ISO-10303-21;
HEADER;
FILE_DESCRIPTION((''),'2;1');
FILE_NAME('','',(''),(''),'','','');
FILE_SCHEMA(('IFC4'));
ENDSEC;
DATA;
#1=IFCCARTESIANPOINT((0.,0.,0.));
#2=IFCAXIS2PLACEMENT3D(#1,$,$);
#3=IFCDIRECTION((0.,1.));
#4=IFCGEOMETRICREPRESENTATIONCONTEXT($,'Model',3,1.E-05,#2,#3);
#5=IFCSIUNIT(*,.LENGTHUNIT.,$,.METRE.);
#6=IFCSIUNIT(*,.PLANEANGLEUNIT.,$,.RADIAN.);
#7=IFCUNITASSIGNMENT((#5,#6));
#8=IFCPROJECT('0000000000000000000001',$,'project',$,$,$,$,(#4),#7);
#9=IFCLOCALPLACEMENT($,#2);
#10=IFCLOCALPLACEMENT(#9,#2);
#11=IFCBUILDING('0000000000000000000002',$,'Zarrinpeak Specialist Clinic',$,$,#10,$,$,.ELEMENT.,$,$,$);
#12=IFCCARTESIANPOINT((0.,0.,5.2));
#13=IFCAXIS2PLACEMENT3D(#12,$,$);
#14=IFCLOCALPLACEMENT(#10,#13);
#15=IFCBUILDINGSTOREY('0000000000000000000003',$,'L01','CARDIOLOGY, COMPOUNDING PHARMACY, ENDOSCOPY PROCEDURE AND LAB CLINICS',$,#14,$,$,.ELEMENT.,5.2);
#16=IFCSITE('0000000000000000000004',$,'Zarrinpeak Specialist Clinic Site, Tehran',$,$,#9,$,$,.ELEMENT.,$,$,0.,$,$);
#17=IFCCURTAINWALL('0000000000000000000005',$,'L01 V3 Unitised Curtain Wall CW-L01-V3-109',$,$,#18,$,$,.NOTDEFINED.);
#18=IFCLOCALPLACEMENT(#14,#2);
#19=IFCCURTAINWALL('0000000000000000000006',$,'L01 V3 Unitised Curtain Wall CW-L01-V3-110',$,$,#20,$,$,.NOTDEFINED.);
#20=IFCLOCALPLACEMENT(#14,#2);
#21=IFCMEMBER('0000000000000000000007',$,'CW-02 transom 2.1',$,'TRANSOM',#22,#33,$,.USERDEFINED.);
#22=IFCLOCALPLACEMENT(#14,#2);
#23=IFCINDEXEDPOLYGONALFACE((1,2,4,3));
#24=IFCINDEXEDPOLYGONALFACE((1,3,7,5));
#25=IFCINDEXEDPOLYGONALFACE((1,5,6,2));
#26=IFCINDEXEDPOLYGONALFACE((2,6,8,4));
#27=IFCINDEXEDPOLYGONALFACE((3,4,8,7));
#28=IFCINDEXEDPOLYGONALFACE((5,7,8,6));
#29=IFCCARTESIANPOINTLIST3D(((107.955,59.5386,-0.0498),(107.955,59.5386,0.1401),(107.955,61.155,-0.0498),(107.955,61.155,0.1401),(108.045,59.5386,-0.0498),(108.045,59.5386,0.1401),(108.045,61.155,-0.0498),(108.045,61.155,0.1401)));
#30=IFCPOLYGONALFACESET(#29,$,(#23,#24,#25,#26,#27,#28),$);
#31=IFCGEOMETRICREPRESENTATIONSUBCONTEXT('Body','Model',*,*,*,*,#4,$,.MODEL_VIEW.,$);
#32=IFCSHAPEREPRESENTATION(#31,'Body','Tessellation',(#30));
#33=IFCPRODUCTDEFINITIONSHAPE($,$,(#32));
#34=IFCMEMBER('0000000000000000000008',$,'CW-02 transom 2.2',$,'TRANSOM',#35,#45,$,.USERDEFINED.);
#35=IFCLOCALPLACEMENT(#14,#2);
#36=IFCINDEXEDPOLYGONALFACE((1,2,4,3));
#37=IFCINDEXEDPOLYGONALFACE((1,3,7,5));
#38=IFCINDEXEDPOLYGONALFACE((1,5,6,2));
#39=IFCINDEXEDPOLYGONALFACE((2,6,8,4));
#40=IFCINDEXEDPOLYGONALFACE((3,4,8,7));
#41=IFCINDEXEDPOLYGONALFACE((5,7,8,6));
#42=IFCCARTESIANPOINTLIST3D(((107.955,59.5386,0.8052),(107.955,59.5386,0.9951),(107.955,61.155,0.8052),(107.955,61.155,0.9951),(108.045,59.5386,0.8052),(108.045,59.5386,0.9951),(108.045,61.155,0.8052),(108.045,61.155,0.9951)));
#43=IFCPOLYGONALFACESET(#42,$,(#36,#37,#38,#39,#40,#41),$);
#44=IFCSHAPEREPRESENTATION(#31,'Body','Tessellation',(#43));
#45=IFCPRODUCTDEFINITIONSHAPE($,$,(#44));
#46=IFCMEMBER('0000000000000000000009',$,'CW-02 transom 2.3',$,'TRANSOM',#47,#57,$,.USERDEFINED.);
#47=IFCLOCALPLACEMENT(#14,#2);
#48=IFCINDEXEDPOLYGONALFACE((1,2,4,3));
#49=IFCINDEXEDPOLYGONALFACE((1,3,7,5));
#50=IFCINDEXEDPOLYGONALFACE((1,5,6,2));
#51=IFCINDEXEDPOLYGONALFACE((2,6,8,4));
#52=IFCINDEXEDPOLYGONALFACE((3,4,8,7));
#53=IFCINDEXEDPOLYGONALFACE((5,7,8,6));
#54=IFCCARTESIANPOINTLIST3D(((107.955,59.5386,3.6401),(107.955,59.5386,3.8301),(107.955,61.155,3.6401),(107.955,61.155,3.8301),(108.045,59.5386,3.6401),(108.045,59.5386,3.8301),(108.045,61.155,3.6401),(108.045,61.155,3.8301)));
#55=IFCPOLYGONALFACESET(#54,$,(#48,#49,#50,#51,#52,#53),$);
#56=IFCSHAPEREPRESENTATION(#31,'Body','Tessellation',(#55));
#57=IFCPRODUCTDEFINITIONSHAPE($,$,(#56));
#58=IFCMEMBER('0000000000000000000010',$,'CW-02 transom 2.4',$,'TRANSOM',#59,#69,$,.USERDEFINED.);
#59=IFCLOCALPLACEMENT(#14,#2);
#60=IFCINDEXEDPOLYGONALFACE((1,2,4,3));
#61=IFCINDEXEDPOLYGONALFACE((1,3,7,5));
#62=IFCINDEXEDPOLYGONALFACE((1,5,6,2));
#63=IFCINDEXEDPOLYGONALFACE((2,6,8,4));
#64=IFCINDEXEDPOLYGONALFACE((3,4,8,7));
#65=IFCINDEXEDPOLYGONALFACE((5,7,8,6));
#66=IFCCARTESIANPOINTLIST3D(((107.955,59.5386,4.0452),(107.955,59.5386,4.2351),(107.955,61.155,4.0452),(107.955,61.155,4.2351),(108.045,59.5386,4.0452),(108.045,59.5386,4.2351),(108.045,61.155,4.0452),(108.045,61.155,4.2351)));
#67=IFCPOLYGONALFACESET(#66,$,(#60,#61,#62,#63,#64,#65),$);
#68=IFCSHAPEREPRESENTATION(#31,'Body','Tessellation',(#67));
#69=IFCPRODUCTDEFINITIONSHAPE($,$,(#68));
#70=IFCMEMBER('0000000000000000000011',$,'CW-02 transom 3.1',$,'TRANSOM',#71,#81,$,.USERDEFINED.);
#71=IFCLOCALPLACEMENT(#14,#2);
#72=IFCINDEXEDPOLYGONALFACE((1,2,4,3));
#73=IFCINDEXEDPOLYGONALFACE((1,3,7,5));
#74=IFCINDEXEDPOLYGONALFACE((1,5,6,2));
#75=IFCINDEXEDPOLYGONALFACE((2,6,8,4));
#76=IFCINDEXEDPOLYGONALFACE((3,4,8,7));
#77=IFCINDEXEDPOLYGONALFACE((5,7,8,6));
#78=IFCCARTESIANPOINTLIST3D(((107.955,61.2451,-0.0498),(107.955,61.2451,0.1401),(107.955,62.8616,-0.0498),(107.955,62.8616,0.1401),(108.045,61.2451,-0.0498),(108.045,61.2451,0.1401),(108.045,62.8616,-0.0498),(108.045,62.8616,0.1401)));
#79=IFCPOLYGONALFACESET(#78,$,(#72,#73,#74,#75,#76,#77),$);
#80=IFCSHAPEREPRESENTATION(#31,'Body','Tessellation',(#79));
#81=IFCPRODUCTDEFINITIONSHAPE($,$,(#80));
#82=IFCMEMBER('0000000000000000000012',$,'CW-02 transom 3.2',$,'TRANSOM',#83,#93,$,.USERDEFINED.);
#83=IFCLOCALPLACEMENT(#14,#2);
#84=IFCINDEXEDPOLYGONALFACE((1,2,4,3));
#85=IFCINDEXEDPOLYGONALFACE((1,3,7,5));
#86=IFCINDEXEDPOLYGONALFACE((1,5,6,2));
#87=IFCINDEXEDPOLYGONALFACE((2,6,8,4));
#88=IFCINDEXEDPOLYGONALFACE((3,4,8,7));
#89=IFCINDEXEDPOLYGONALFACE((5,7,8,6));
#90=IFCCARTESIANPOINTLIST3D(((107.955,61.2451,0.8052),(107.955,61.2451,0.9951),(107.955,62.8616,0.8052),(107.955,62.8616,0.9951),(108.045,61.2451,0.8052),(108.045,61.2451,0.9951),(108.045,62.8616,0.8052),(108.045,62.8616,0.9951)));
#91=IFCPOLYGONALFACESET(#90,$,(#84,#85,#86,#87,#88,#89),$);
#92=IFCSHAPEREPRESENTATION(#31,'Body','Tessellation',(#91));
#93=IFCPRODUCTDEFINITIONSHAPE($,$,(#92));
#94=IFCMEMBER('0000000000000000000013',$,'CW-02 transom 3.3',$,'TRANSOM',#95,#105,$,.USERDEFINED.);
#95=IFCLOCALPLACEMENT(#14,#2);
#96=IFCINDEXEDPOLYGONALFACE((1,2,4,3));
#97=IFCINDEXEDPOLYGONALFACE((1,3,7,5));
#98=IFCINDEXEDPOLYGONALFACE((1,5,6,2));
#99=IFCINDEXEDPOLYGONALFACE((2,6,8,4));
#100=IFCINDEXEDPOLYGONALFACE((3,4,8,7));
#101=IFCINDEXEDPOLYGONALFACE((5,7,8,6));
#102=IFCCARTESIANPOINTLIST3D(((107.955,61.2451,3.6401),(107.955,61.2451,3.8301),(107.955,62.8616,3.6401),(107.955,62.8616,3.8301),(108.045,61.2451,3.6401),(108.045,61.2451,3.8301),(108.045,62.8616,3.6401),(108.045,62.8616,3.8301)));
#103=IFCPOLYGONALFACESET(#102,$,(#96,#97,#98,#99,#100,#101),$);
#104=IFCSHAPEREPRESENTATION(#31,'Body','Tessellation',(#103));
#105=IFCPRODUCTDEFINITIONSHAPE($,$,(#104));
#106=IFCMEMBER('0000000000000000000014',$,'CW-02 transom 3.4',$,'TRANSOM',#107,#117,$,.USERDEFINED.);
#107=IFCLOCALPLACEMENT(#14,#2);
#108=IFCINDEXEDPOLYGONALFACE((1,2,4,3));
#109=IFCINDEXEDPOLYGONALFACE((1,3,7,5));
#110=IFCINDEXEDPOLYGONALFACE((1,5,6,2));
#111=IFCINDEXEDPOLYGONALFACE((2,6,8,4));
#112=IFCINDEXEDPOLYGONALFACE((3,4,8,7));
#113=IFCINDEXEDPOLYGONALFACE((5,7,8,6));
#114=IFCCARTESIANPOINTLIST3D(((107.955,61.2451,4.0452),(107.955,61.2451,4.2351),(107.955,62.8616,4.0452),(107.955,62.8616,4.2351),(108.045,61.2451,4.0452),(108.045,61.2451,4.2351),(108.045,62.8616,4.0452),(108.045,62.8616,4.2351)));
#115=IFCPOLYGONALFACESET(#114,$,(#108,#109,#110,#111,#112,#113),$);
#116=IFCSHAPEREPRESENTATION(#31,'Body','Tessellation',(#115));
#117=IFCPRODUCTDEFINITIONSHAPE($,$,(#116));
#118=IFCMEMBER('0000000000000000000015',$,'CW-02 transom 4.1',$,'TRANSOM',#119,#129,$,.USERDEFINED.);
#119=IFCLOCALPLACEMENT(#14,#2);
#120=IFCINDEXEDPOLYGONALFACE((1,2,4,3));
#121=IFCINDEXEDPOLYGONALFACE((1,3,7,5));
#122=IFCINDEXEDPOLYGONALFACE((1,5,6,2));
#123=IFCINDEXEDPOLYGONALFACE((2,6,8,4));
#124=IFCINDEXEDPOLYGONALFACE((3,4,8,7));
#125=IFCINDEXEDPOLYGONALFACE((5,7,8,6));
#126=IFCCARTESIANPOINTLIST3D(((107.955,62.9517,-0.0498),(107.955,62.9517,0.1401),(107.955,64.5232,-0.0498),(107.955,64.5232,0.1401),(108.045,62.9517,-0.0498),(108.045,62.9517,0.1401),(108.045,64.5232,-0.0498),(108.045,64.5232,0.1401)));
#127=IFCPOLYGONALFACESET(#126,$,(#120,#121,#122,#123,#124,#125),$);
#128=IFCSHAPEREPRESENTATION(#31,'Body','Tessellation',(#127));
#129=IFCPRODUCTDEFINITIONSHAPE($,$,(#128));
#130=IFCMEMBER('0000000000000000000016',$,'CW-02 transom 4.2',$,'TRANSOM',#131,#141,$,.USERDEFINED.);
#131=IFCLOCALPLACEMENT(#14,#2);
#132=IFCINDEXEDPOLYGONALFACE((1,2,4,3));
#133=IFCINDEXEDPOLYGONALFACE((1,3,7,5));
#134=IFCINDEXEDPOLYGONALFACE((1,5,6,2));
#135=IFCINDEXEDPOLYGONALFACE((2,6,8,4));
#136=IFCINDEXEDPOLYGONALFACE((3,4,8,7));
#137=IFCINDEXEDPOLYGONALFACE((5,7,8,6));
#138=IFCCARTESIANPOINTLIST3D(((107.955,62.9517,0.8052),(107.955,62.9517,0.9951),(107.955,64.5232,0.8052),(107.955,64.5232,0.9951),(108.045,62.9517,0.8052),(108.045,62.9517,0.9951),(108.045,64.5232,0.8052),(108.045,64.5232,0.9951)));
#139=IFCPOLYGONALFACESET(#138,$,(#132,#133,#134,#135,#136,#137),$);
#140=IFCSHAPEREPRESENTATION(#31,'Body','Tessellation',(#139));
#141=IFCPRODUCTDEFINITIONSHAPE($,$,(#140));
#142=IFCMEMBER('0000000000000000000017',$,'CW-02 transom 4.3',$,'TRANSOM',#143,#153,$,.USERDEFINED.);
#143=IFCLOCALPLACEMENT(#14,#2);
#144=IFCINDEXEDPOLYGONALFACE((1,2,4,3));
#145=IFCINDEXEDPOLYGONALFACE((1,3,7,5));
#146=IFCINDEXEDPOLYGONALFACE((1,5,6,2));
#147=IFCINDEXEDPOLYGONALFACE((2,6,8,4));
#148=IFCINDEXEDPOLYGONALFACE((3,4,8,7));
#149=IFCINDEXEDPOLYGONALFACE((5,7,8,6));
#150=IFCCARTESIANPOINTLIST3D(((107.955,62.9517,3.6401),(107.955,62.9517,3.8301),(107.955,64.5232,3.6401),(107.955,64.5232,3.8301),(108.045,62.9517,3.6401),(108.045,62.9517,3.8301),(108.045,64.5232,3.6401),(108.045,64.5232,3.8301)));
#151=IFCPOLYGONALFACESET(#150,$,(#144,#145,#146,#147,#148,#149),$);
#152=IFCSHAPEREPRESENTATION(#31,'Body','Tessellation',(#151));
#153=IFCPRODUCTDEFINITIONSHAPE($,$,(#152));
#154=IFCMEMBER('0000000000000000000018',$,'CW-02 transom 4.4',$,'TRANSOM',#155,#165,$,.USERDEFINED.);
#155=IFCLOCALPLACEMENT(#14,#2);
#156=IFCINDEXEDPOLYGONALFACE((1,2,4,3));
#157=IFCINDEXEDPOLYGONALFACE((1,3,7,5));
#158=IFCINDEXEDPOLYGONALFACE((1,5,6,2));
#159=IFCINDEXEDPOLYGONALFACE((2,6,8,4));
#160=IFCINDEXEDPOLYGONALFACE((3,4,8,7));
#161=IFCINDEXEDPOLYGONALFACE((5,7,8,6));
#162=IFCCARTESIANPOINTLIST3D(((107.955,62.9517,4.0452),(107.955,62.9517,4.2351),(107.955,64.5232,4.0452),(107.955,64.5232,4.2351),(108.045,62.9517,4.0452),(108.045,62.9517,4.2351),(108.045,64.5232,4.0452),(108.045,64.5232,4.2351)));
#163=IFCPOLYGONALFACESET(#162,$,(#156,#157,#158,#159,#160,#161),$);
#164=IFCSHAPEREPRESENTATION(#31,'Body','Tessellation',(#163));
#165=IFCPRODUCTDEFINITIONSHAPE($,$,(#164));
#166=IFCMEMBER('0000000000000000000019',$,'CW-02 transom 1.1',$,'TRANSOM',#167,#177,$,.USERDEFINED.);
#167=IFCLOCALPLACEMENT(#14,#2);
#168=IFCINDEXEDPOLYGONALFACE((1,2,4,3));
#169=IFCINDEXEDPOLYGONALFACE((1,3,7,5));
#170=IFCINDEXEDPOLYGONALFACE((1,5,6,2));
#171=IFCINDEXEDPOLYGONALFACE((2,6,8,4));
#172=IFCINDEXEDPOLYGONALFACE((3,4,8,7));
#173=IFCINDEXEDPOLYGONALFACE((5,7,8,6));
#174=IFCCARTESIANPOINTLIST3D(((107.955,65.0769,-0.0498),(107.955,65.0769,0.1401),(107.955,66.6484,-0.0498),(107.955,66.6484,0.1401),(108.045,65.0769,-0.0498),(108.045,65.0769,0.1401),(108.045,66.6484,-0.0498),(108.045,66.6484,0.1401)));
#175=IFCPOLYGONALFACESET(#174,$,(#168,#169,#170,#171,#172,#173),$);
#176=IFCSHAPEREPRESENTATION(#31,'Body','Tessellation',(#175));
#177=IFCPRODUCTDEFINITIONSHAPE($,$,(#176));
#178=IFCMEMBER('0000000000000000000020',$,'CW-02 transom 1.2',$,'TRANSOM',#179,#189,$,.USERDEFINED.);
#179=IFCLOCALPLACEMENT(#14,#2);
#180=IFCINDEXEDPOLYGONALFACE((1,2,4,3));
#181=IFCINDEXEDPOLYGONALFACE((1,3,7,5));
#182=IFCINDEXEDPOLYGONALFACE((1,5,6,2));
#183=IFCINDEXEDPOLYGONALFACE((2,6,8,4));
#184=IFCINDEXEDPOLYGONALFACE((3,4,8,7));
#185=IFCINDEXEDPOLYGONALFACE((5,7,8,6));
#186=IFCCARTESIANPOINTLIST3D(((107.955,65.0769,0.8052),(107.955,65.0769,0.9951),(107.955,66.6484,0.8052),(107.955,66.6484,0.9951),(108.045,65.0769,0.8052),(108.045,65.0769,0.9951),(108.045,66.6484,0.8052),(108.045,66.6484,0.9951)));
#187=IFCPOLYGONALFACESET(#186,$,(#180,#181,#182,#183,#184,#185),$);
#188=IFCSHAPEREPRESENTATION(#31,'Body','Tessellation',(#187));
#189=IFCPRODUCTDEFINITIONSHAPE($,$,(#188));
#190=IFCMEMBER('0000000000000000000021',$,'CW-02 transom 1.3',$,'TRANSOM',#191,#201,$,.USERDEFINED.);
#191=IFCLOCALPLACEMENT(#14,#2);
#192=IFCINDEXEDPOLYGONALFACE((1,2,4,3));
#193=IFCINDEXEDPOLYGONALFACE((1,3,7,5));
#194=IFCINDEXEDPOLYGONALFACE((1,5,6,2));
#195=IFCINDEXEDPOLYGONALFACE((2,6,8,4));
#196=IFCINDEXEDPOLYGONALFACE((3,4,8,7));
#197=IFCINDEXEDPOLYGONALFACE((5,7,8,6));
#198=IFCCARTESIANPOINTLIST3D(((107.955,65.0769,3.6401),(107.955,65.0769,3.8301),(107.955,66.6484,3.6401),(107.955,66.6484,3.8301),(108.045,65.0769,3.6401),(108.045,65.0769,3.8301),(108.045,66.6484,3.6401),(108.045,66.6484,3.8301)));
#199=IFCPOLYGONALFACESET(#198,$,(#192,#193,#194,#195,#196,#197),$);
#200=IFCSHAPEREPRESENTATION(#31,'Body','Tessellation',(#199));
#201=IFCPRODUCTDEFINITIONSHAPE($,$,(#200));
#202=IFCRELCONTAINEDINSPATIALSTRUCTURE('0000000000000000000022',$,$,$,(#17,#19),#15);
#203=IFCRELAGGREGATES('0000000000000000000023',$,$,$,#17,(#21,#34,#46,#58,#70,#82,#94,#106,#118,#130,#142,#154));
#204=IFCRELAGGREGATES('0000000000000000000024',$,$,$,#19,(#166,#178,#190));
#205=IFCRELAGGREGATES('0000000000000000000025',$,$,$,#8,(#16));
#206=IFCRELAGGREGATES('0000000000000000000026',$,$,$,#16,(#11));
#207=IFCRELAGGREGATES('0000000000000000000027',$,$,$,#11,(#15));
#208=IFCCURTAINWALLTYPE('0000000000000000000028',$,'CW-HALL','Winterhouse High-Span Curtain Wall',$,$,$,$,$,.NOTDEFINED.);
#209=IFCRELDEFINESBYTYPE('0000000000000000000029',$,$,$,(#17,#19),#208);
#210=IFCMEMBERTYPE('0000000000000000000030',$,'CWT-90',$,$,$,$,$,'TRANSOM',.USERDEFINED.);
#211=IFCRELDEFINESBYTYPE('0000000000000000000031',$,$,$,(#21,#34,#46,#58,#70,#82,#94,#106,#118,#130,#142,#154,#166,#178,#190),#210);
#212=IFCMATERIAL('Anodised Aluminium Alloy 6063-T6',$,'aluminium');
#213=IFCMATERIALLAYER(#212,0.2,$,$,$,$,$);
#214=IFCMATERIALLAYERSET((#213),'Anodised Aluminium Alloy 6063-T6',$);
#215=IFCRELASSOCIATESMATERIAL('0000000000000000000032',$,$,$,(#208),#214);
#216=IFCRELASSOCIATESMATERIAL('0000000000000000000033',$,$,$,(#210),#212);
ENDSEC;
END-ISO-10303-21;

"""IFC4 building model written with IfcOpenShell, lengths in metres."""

from ifc_helpers import new_model, si_unit, direction, frame, origin, origin_2d, place, context, subcontext, project, spatial, rectangle, extrude, material, layer, layer_set, material_profile, profile_set, type_object, element, aggregate, save


model = new_model("IFC4")

# Units and contexts
model_context = context("Model", 3, precision=1e-05, world=origin(), true_north=direction((0.0, 1.0)))
body_context = subcontext(model_context, "Body", "Model", "MODEL_VIEW")
ifc_project = project(units=[si_unit("LENGTHUNIT", "METRE"), si_unit("PLANEANGLEUNIT", "RADIAN")], contexts=[model_context])

# Site, building, storey
site_placement = place(None, origin())
site = spatial("IfcSite", under=ifc_project, at=site_placement, Name="Zarrinpeak Specialist Clinic Site, Tehran", CompositionType="ELEMENT", RefElevation=0.0)
building_placement = place(site_placement, origin())
building = spatial("IfcBuilding", under=site, at=building_placement, Name="Zarrinpeak Specialist Clinic", CompositionType="ELEMENT")
storey_placement = place(building_placement, frame((0.0, 0.0, 5.2)))
storey = spatial("IfcBuildingStorey", under=building, at=storey_placement, Name="L01", Description="CARDIOLOGY, COMPOUNDING PHARMACY, ENDOSCOPY PROCEDURE AND LAB CLINICS", CompositionType="ELEMENT", Elevation=5.2)

# Shared definitions
ifc_material_1 = material(Name="Anodised Aluminium Alloy 6063-T6", Category="aluminium")
ifc_layer_1 = layer(ifc_material_1, 0.2)
ifc_layer_set_1 = layer_set([ifc_layer_1], Name="Anodised Aluminium Alloy 6063-T6")
curtain_wall_type = type_object("IfcCurtainWallType", Name="CW-HALL", Description="Winterhouse High-Span Curtain Wall", PredefinedType="NOTDEFINED", material=ifc_layer_set_1)

# Curtain wall
curtain_wall_1_placement = place(storey_placement, origin())
curtain_wall_1 = element("IfcCurtainWall", 1, at=curtain_wall_1_placement, inside=storey, type_object=curtain_wall_type, Name="L01 V3 Unitised Curtain Wall CW-L01-V3-109", PredefinedType="NOTDEFINED")

# Curtain wall
curtain_wall_2_placement = place(storey_placement, origin())
curtain_wall_2 = element("IfcCurtainWall", 2, at=curtain_wall_2_placement, inside=storey, type_object=curtain_wall_type, Name="L01 V3 Unitised Curtain Wall CW-L01-V3-110", PredefinedType="NOTDEFINED")

# Members
ifc_material_profile_1 = material_profile(ifc_material_1, rectangle(XDim=0.0901, YDim=0.1899, at=origin_2d()), Name="ALU 90x190")
ifc_profile_set_1 = profile_set([ifc_material_profile_1], Name="Anodised Aluminium Alloy 6063-T6")
member_type_1 = type_object("IfcMemberType", Name="CWT-90", ElementType="TRANSOM", PredefinedType="USERDEFINED", material=ifc_profile_set_1)
member_1_placement = place(storey_placement, frame((108.0, 59.5386, 0.0452), z_axis=(0.0, 1.0, 0.0), x_axis=(-1.0, 0.0, 0.0)))
member_1 = element("IfcMember", 3, at=member_1_placement, type_object=member_type_1, Name="CW-02 transom 2.1", ObjectType="TRANSOM", PredefinedType="USERDEFINED", context=body_context, shape_type="SweptSolid", body=[
    extrude(rectangle(XDim=0.0901, YDim=0.1899, at=origin_2d()), origin(), (0.0, 0.0, 1.0), 1.6165),
])
member_2_placement = place(storey_placement, frame((108.0, 59.5386, 0.9001), z_axis=(0.0, 1.0, 0.0), x_axis=(-1.0, 0.0, 0.0)))
member_2 = element("IfcMember", 4, at=member_2_placement, type_object=member_type_1, Name="CW-02 transom 2.2", ObjectType="TRANSOM", PredefinedType="USERDEFINED", context=body_context, shape_type="SweptSolid", body=[
    extrude(rectangle(XDim=0.0901, YDim=0.1899, at=origin_2d()), origin(), (0.0, 0.0, 1.0), 1.6165),
])
member_3_placement = place(storey_placement, frame((108.0, 59.5386, 3.7351), z_axis=(0.0, 1.0, 0.0), x_axis=(-1.0, 0.0, 0.0)))
member_3 = element("IfcMember", 5, at=member_3_placement, type_object=member_type_1, Name="CW-02 transom 2.3", ObjectType="TRANSOM", PredefinedType="USERDEFINED", context=body_context, shape_type="SweptSolid", body=[
    extrude(rectangle(XDim=0.0901, YDim=0.1899, at=origin_2d()), origin(), (0.0, 0.0, 1.0), 1.6165),
])
member_4_placement = place(storey_placement, frame((108.0, 59.5386, 4.1401), z_axis=(0.0, 1.0, 0.0), x_axis=(-1.0, 0.0, 0.0)))
member_4 = element("IfcMember", 6, at=member_4_placement, type_object=member_type_1, Name="CW-02 transom 2.4", ObjectType="TRANSOM", PredefinedType="USERDEFINED", context=body_context, shape_type="SweptSolid", body=[
    extrude(rectangle(XDim=0.0901, YDim=0.1899, at=origin_2d()), origin(), (0.0, 0.0, 1.0), 1.6165),
])
member_5_placement = place(storey_placement, frame((108.0, 61.2451, 0.0452), z_axis=(0.0, 1.0, 0.0), x_axis=(-1.0, 0.0, 0.0)))
member_5 = element("IfcMember", 7, at=member_5_placement, type_object=member_type_1, Name="CW-02 transom 3.1", ObjectType="TRANSOM", PredefinedType="USERDEFINED", context=body_context, shape_type="SweptSolid", body=[
    extrude(rectangle(XDim=0.0901, YDim=0.1899, at=origin_2d()), origin(), (0.0, 0.0, 1.0), 1.6165),
])
member_6_placement = place(storey_placement, frame((108.0, 61.2451, 0.9001), z_axis=(0.0, 1.0, 0.0), x_axis=(-1.0, 0.0, 0.0)))
member_6 = element("IfcMember", 8, at=member_6_placement, type_object=member_type_1, Name="CW-02 transom 3.2", ObjectType="TRANSOM", PredefinedType="USERDEFINED", context=body_context, shape_type="SweptSolid", body=[
    extrude(rectangle(XDim=0.0901, YDim=0.1899, at=origin_2d()), origin(), (0.0, 0.0, 1.0), 1.6165),
])
member_7_placement = place(storey_placement, frame((108.0, 61.2451, 3.7351), z_axis=(0.0, 1.0, 0.0), x_axis=(-1.0, 0.0, 0.0)))
member_7 = element("IfcMember", 9, at=member_7_placement, type_object=member_type_1, Name="CW-02 transom 3.3", ObjectType="TRANSOM", PredefinedType="USERDEFINED", context=body_context, shape_type="SweptSolid", body=[
    extrude(rectangle(XDim=0.0901, YDim=0.1899, at=origin_2d()), origin(), (0.0, 0.0, 1.0), 1.6165),
])
member_8_placement = place(storey_placement, frame((108.0, 61.2451, 4.1401), z_axis=(0.0, 1.0, 0.0), x_axis=(-1.0, 0.0, 0.0)))
member_8 = element("IfcMember", 10, at=member_8_placement, type_object=member_type_1, Name="CW-02 transom 3.4", ObjectType="TRANSOM", PredefinedType="USERDEFINED", context=body_context, shape_type="SweptSolid", body=[
    extrude(rectangle(XDim=0.0901, YDim=0.1899, at=origin_2d()), origin(), (0.0, 0.0, 1.0), 1.6165),
])
member_9_placement = place(storey_placement, frame((108.0, 62.9517, 0.0452), z_axis=(0.0, 1.0, 0.0), x_axis=(-1.0, 0.0, 0.0)))
member_9 = element("IfcMember", 11, at=member_9_placement, type_object=member_type_1, Name="CW-02 transom 4.1", ObjectType="TRANSOM", PredefinedType="USERDEFINED", context=body_context, shape_type="SweptSolid", body=[
    extrude(rectangle(XDim=0.0901, YDim=0.1899, at=origin_2d()), origin(), (0.0, 0.0, 1.0), 1.5715),
])
member_10_placement = place(storey_placement, frame((108.0, 62.9517, 0.9001), z_axis=(0.0, 1.0, 0.0), x_axis=(-1.0, 0.0, 0.0)))
member_10 = element("IfcMember", 12, at=member_10_placement, type_object=member_type_1, Name="CW-02 transom 4.2", ObjectType="TRANSOM", PredefinedType="USERDEFINED", context=body_context, shape_type="SweptSolid", body=[
    extrude(rectangle(XDim=0.0901, YDim=0.1899, at=origin_2d()), origin(), (0.0, 0.0, 1.0), 1.5715),
])
member_11_placement = place(storey_placement, frame((108.0, 62.9517, 3.7351), z_axis=(0.0, 1.0, 0.0), x_axis=(-1.0, 0.0, 0.0)))
member_11 = element("IfcMember", 13, at=member_11_placement, type_object=member_type_1, Name="CW-02 transom 4.3", ObjectType="TRANSOM", PredefinedType="USERDEFINED", context=body_context, shape_type="SweptSolid", body=[
    extrude(rectangle(XDim=0.0901, YDim=0.1899, at=origin_2d()), origin(), (0.0, 0.0, 1.0), 1.5715),
])
member_12_placement = place(storey_placement, frame((108.0, 62.9517, 4.1401), z_axis=(0.0, 1.0, 0.0), x_axis=(-1.0, 0.0, 0.0)))
member_12 = element("IfcMember", 14, at=member_12_placement, type_object=member_type_1, Name="CW-02 transom 4.4", ObjectType="TRANSOM", PredefinedType="USERDEFINED", context=body_context, shape_type="SweptSolid", body=[
    extrude(rectangle(XDim=0.0901, YDim=0.1899, at=origin_2d()), origin(), (0.0, 0.0, 1.0), 1.5715),
])
member_13_placement = place(storey_placement, frame((108.0, 65.0769, 0.0452), z_axis=(0.0, 1.0, 0.0), x_axis=(-1.0, 0.0, 0.0)))
member_13 = element("IfcMember", 15, at=member_13_placement, type_object=member_type_1, Name="CW-02 transom 1.1", ObjectType="TRANSOM", PredefinedType="USERDEFINED", context=body_context, shape_type="SweptSolid", body=[
    extrude(rectangle(XDim=0.0901, YDim=0.1899, at=origin_2d()), origin(), (0.0, 0.0, 1.0), 1.5715),
])
member_14_placement = place(storey_placement, frame((108.0, 65.0769, 0.9001), z_axis=(0.0, 1.0, 0.0), x_axis=(-1.0, 0.0, 0.0)))
member_14 = element("IfcMember", 16, at=member_14_placement, type_object=member_type_1, Name="CW-02 transom 1.2", ObjectType="TRANSOM", PredefinedType="USERDEFINED", context=body_context, shape_type="SweptSolid", body=[
    extrude(rectangle(XDim=0.0901, YDim=0.1899, at=origin_2d()), origin(), (0.0, 0.0, 1.0), 1.5715),
])
member_15_placement = place(storey_placement, frame((108.0, 65.0769, 3.7351), z_axis=(0.0, 1.0, 0.0), x_axis=(-1.0, 0.0, 0.0)))
member_15 = element("IfcMember", 17, at=member_15_placement, type_object=member_type_1, Name="CW-02 transom 1.3", ObjectType="TRANSOM", PredefinedType="USERDEFINED", context=body_context, shape_type="SweptSolid", body=[
    extrude(rectangle(XDim=0.0901, YDim=0.1899, at=origin_2d()), origin(), (0.0, 0.0, 1.0), 1.5715),
])

aggregate(curtain_wall_1, [member_1, member_2, member_3, member_4, member_5, member_6, member_7, member_8, member_9, member_10, member_11, member_12])
aggregate(curtain_wall_2, [member_13, member_14, member_15])

save(model, "model.ifc")
